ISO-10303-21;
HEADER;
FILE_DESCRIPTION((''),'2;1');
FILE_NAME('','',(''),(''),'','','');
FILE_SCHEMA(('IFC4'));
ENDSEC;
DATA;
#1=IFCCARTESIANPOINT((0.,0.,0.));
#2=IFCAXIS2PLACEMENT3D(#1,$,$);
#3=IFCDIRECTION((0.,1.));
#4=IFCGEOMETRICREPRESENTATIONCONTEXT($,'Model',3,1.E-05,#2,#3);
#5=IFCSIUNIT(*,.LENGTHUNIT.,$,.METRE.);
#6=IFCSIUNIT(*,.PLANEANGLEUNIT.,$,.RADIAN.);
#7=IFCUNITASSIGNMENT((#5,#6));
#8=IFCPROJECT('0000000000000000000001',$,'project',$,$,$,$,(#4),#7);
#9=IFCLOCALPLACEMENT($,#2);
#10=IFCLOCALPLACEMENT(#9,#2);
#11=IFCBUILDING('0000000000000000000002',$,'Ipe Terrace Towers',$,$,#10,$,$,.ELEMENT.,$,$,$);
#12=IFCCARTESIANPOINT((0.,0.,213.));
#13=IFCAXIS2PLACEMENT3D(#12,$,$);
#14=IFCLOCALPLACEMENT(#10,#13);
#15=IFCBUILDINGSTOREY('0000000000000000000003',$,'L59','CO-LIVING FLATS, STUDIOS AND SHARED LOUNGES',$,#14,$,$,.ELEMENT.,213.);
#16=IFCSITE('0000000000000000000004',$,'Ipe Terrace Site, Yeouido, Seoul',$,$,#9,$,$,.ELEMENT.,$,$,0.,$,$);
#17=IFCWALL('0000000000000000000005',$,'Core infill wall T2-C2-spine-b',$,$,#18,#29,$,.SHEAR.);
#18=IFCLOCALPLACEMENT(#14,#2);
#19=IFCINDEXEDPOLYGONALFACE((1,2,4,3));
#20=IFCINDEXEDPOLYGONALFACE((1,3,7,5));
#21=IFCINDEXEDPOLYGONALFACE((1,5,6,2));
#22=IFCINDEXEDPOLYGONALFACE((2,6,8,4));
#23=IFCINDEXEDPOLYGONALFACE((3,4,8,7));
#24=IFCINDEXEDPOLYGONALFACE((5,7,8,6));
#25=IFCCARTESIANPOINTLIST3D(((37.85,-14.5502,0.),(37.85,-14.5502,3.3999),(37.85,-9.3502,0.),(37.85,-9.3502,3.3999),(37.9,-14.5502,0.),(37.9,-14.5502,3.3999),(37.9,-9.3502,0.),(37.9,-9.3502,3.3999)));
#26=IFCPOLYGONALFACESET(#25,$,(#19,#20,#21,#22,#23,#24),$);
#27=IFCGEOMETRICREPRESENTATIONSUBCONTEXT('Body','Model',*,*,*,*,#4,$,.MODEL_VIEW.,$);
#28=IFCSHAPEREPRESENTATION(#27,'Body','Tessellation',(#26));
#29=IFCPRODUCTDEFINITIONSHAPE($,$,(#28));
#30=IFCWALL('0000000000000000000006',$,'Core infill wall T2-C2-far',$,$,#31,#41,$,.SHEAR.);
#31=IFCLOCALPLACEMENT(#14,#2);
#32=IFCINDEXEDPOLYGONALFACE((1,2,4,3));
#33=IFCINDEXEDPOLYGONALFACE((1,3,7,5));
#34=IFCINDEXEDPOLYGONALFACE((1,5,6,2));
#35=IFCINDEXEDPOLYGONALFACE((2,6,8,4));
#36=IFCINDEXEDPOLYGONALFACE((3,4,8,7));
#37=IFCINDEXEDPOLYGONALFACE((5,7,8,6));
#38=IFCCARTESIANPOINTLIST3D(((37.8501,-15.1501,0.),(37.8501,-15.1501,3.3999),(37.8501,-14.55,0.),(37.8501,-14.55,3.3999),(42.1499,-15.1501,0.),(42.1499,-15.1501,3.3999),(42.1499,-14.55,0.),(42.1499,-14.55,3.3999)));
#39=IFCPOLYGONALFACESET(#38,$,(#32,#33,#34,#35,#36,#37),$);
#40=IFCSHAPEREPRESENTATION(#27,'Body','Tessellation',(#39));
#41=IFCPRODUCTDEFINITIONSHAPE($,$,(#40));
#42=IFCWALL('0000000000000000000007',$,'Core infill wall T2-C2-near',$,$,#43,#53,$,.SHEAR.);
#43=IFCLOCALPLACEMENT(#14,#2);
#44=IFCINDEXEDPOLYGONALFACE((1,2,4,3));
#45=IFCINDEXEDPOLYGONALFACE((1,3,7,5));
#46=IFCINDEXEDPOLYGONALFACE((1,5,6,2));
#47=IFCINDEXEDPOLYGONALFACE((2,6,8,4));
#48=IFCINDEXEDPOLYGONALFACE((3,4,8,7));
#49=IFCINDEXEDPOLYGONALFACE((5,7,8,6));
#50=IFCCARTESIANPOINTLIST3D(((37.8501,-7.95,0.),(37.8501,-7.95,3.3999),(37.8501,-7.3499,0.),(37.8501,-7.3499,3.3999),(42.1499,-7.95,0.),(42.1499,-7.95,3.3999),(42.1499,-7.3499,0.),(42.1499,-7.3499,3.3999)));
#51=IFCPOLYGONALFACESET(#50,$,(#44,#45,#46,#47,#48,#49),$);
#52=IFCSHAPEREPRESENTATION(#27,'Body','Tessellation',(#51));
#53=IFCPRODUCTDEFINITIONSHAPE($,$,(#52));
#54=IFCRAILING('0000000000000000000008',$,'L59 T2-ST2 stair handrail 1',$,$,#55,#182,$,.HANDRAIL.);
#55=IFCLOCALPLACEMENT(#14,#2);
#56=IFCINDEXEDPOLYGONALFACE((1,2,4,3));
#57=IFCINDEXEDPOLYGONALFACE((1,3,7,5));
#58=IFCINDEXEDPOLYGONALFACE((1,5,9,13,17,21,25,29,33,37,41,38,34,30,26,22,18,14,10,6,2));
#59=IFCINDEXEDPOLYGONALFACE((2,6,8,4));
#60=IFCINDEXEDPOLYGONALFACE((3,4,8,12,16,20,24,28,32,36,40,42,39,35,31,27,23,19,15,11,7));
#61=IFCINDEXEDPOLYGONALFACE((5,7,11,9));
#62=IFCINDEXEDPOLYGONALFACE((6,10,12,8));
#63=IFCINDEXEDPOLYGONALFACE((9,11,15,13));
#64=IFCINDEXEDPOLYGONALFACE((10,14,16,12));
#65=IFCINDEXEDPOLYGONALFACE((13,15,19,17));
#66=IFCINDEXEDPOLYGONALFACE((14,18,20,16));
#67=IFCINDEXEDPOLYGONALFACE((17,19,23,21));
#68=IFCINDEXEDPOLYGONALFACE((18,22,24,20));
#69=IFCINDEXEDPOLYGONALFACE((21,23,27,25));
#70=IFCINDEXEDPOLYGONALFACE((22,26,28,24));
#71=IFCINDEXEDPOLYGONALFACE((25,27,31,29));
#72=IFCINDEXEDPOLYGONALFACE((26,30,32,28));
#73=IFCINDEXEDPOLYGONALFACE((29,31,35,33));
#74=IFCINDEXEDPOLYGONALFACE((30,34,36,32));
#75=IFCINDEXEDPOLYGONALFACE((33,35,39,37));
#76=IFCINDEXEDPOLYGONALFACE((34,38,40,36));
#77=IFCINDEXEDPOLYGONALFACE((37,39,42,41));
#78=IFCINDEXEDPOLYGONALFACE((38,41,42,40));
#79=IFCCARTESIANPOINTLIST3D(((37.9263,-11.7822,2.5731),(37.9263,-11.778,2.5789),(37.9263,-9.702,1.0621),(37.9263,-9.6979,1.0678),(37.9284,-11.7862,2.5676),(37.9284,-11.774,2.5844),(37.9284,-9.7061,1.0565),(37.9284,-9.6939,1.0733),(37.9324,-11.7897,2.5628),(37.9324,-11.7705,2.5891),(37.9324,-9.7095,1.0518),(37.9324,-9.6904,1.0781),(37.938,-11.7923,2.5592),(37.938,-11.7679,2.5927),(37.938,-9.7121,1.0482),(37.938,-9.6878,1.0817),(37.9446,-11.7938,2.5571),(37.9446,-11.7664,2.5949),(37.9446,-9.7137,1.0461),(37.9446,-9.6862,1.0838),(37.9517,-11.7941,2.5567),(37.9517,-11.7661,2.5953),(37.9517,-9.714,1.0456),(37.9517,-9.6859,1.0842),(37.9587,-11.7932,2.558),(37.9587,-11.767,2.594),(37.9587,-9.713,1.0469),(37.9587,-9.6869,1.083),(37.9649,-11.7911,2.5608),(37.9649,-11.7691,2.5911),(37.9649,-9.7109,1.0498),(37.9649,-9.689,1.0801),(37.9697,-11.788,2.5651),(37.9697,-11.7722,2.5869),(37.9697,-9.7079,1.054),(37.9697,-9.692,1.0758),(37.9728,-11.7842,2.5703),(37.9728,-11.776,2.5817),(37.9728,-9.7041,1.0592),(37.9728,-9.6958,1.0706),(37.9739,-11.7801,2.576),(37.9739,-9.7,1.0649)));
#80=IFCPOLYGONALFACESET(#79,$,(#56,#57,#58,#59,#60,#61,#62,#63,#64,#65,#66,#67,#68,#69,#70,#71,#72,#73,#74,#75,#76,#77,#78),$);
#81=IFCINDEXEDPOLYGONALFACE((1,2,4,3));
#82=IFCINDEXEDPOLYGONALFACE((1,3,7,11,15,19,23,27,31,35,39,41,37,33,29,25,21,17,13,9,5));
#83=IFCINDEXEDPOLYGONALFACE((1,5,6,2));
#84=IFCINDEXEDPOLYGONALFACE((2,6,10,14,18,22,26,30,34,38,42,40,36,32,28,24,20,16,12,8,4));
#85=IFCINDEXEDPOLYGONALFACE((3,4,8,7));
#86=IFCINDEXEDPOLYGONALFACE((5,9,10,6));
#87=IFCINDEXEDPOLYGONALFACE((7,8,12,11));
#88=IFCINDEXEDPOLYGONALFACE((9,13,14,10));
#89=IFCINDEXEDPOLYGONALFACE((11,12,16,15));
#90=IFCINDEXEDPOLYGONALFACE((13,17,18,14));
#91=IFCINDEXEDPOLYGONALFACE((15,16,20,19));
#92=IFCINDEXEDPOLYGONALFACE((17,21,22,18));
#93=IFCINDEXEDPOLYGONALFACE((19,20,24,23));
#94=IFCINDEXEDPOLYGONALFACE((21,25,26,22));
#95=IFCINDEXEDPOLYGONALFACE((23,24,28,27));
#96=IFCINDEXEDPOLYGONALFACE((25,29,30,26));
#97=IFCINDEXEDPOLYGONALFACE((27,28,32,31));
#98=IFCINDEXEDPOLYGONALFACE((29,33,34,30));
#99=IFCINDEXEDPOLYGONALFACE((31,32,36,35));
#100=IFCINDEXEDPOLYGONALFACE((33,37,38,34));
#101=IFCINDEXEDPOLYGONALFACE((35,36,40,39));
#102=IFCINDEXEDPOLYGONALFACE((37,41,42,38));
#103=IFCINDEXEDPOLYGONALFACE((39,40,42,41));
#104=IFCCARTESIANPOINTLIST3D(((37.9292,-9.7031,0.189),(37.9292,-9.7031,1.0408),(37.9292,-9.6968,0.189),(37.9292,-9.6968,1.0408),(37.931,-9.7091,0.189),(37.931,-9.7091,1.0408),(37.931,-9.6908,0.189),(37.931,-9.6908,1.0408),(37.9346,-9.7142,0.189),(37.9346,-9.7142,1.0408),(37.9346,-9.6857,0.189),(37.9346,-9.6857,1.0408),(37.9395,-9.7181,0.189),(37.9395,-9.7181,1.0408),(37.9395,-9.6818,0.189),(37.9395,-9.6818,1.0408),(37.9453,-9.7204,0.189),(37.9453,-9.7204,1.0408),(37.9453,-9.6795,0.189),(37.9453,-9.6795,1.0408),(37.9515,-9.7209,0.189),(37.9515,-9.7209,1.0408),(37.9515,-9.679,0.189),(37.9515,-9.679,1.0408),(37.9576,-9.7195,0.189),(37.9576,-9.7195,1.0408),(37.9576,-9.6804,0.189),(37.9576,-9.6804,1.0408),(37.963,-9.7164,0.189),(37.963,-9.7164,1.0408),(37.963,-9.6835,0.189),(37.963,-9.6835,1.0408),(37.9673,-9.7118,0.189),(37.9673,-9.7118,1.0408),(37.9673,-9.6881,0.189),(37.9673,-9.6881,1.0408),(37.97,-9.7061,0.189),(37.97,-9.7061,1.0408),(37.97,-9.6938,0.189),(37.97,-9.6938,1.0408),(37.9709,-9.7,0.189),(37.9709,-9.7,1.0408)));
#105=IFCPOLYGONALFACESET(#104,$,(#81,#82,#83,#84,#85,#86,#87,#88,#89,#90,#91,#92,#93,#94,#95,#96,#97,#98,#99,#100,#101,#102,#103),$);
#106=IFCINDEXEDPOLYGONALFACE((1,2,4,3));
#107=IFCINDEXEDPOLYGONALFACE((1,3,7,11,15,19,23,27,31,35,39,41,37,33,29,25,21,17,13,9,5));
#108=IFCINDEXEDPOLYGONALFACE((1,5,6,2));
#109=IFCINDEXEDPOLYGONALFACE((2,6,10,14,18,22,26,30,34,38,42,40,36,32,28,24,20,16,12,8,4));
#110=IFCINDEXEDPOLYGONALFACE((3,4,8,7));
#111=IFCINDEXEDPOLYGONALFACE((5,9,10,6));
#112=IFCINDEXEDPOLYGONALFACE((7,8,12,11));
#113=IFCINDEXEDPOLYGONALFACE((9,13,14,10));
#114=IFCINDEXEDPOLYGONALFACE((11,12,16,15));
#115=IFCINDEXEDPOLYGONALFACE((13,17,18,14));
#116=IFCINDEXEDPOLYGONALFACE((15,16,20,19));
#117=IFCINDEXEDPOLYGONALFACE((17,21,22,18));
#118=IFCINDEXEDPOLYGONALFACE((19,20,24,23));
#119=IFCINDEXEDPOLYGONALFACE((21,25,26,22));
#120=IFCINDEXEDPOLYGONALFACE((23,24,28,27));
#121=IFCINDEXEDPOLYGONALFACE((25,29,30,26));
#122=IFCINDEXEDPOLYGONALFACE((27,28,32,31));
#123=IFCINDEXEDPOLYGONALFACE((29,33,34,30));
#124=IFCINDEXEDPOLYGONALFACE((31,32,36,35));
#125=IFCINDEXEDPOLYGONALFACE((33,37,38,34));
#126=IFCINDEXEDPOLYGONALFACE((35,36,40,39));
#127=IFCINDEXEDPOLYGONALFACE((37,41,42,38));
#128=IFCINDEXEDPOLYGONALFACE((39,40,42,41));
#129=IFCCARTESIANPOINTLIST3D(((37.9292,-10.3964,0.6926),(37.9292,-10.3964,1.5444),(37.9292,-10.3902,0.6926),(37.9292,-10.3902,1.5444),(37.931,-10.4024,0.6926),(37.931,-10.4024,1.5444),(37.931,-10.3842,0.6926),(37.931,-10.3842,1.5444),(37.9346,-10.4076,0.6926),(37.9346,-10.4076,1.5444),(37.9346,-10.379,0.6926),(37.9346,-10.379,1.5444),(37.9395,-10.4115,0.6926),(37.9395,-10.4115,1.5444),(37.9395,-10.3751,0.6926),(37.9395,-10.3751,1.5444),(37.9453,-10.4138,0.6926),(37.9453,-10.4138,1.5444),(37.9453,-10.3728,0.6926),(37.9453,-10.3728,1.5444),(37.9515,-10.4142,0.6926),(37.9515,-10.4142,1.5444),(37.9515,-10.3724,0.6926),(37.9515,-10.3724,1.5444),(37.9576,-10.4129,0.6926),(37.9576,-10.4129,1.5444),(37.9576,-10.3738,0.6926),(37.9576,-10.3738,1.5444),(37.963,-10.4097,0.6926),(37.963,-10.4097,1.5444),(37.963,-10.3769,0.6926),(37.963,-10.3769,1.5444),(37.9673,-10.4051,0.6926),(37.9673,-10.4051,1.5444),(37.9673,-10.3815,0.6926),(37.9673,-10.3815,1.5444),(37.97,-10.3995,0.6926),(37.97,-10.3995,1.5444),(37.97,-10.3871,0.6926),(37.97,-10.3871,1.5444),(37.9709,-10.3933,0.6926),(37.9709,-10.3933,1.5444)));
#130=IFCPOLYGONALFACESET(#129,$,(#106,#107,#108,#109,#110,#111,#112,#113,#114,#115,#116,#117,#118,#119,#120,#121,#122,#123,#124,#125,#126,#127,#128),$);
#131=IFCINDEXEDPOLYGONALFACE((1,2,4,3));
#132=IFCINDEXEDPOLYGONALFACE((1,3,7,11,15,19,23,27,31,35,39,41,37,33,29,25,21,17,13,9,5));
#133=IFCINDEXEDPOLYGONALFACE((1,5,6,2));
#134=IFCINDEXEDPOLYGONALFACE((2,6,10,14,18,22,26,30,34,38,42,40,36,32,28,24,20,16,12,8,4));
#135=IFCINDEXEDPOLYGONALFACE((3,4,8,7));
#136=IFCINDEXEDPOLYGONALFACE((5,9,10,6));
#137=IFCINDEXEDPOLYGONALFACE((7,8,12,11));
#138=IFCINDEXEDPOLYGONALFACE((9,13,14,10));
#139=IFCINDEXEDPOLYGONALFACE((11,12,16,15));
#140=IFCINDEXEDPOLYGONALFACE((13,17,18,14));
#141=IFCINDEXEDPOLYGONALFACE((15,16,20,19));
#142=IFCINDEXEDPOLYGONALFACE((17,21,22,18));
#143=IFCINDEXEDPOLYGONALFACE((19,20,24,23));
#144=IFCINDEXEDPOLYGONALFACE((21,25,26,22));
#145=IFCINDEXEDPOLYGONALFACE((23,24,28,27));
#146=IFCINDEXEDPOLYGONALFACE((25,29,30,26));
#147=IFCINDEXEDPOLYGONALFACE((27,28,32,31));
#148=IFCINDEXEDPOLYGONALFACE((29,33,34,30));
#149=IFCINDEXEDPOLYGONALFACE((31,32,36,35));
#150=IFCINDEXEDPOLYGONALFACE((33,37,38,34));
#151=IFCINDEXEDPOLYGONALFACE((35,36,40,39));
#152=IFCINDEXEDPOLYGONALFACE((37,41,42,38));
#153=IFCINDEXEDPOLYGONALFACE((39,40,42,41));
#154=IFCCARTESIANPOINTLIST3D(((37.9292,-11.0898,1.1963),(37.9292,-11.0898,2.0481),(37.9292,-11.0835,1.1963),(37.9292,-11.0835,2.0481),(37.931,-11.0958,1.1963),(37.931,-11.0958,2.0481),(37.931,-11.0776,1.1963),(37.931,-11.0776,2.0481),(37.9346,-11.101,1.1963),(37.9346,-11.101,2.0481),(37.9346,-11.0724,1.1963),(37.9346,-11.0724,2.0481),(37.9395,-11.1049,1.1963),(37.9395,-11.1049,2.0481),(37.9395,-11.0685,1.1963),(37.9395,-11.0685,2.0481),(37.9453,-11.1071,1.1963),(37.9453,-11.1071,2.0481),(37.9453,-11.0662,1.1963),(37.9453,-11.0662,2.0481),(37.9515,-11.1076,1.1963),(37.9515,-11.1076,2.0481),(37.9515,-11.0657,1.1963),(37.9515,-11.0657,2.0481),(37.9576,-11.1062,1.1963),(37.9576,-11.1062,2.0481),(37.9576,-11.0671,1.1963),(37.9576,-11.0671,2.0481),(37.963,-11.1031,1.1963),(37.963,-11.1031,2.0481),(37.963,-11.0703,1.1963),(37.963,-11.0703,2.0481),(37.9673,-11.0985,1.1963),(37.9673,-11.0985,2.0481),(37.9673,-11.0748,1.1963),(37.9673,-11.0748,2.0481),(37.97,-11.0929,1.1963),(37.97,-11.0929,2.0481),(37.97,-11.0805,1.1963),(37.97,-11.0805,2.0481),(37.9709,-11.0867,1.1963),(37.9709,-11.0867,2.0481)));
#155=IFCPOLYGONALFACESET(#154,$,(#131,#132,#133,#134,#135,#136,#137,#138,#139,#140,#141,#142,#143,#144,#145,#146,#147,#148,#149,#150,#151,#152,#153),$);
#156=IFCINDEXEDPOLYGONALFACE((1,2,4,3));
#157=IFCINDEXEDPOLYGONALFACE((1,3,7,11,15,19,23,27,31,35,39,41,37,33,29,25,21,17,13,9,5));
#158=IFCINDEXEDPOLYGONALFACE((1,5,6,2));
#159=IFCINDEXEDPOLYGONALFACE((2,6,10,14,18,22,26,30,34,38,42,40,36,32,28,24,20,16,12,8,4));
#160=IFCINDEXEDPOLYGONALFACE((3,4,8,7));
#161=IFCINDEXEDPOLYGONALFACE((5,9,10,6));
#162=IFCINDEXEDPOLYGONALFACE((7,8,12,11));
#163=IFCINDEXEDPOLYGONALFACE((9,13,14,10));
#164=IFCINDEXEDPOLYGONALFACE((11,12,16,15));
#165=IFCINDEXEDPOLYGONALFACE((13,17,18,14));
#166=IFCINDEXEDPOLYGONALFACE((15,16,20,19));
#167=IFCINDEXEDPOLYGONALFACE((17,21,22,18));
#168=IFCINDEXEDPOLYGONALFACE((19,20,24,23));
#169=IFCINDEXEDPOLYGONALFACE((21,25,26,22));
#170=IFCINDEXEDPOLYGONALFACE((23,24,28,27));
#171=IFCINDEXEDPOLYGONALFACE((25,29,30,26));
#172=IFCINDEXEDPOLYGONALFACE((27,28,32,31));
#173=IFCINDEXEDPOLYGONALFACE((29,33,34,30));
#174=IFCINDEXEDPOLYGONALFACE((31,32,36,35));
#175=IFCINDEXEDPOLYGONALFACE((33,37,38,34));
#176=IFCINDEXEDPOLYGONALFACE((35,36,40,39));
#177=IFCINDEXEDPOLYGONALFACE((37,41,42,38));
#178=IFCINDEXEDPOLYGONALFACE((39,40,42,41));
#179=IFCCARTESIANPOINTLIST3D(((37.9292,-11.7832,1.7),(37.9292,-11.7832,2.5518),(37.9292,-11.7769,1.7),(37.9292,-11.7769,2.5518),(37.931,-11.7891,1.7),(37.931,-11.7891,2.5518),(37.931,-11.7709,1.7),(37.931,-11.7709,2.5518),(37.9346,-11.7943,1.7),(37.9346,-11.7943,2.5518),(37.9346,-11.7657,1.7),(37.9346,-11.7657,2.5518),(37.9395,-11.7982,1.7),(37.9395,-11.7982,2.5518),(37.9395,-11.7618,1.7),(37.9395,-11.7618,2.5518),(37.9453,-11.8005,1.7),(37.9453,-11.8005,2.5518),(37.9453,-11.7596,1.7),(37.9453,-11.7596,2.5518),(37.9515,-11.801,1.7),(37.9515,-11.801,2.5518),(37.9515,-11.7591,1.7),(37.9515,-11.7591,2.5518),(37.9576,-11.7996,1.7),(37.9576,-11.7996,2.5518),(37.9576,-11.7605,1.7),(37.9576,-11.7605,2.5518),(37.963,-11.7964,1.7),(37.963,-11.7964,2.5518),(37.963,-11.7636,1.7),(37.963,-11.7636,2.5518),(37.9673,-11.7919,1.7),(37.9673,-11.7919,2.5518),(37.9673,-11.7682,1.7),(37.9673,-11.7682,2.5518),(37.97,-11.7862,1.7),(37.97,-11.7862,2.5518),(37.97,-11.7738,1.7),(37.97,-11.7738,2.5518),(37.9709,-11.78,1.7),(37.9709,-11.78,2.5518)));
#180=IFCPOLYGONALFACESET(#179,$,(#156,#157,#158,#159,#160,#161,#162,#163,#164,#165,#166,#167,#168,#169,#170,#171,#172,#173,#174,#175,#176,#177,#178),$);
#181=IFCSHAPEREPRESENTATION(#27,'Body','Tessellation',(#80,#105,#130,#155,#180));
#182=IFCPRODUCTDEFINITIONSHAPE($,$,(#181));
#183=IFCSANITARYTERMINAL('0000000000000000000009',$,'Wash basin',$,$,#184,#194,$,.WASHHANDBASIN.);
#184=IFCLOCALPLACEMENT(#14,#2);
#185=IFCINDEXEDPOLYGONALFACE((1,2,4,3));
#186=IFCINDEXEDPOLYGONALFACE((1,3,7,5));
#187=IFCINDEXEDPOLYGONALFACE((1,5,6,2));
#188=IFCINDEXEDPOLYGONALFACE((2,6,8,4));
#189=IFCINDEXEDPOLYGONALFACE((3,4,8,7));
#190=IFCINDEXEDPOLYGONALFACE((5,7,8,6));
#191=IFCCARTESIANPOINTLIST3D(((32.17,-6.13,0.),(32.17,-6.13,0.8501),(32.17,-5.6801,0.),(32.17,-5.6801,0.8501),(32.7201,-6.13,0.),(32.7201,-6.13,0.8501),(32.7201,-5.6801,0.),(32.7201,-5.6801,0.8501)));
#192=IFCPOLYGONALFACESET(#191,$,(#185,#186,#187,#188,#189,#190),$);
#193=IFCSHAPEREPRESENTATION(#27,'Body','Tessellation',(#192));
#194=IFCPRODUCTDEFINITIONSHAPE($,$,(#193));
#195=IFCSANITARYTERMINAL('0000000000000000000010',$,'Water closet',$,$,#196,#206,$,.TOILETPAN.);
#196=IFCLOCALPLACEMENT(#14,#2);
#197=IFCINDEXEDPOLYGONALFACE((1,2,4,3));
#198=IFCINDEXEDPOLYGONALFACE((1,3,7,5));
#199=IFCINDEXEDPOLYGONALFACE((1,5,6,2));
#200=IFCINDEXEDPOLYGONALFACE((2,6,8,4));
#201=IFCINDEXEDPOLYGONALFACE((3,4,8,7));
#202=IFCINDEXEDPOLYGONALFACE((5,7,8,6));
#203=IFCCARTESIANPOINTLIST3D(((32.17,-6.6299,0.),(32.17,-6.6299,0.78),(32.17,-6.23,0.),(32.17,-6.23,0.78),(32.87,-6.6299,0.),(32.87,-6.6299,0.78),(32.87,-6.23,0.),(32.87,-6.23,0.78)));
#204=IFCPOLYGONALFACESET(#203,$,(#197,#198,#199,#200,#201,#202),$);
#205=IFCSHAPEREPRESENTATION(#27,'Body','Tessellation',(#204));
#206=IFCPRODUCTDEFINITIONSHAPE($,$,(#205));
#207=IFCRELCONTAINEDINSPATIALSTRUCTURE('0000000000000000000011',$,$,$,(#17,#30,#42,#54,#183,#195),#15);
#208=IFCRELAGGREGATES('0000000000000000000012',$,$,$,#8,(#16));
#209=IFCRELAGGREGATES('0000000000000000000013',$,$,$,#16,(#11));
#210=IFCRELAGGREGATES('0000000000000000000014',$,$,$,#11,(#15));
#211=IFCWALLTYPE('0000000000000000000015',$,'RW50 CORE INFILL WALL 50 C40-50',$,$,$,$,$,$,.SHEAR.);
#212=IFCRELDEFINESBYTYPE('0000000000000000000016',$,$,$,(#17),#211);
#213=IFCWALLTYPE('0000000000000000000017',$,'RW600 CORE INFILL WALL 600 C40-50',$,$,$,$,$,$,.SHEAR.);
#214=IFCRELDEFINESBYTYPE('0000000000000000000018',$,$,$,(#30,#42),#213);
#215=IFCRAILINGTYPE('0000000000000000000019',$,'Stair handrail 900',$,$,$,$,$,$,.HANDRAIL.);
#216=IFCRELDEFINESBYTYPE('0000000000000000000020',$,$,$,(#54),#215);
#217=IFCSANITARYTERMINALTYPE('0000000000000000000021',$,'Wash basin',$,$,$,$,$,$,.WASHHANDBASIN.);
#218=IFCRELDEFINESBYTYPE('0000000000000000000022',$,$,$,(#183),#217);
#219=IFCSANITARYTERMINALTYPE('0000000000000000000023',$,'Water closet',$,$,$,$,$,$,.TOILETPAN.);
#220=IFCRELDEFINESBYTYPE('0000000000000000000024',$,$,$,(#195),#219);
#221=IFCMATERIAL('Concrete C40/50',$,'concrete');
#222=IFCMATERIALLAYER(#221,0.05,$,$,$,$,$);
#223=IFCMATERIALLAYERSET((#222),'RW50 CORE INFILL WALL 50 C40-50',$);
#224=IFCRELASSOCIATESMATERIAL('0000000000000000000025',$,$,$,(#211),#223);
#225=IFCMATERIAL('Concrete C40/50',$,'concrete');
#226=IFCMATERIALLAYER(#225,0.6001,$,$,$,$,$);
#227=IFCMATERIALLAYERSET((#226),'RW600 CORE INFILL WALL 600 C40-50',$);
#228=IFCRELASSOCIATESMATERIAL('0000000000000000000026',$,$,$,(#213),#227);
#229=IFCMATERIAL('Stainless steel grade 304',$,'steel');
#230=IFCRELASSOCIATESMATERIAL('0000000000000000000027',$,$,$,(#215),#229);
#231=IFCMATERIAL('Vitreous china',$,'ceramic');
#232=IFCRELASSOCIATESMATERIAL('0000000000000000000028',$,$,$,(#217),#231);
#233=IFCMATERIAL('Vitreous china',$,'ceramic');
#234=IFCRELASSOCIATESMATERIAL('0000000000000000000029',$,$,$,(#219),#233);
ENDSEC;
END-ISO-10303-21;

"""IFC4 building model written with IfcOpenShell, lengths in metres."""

from ifc_helpers import new_model, si_unit, direction, frame, frame_2d, origin, origin_2d, place, context, subcontext, project, spatial, rectangle, circle, extrude, material, layer, layer_set, type_object, element, save


model = new_model("IFC4")

# Units and contexts
model_context = context("Model", 3, precision=1e-05, world=origin(), true_north=direction((0.0, 1.0)))
body_context = subcontext(model_context, "Body", "Model", "MODEL_VIEW")
ifc_project = project(units=[si_unit("LENGTHUNIT", "METRE"), si_unit("PLANEANGLEUNIT", "RADIAN")], contexts=[model_context])

# Site, building, storey
site_placement = place(None, origin())
site = spatial("IfcSite", under=ifc_project, at=site_placement, Name="Ipe Terrace Site, Yeouido, Seoul", CompositionType="ELEMENT", RefElevation=0.0)
building_placement = place(site_placement, origin())
building = spatial("IfcBuilding", under=site, at=building_placement, Name="Ipe Terrace Towers", CompositionType="ELEMENT")
storey_placement = place(building_placement, frame((0.0, 0.0, 213.0)))
storey = spatial("IfcBuildingStorey", under=building, at=storey_placement, Name="L59", Description="CO-LIVING FLATS, STUDIOS AND SHARED LOUNGES", CompositionType="ELEMENT", Elevation=213.0)

# Walls
ifc_material_1 = material(Name="Concrete C40/50", Category="concrete")
ifc_layer_1 = layer(ifc_material_1, 0.05)
ifc_layer_set_1 = layer_set([ifc_layer_1], Name="RW50 CORE INFILL WALL 50 C40-50")
wall_type_1 = type_object("IfcWallType", Name="RW50 CORE INFILL WALL 50 C40-50", PredefinedType="SHEAR", material=ifc_layer_set_1)
wall_1_placement = place(storey_placement, frame((37.875, -9.3501, 0.0), z_axis=(0.0, 0.0, 1.0), x_axis=(0.0, -1.0, 0.0)))
element("IfcWall", 1, at=wall_1_placement, inside=storey, type_object=wall_type_1, Name="Core infill wall T2-C2-spine-b", PredefinedType="SHEAR", context=body_context, shape_type="SweptSolid", body=[
    extrude(rectangle(XDim=5.2, YDim=0.05, at=frame_2d((2.6001, 0.0))), origin(), (0.0, 0.0, 1.0), 3.3999),
])
ifc_material_2 = material(Name="Concrete C40/50", Category="concrete")
ifc_layer_2 = layer(ifc_material_2, 0.6001)
ifc_layer_set_2 = layer_set([ifc_layer_2], Name="RW600 CORE INFILL WALL 600 C40-50")
wall_type_2 = type_object("IfcWallType", Name="RW600 CORE INFILL WALL 600 C40-50", PredefinedType="SHEAR", material=ifc_layer_set_2)
for number, where, z_axis, x_axis, name in (
    (2, (37.8501, -14.8501, 0.0), (0.0, 0.0, 1.0), (1.0, 0.0, 0.0), "Core infill wall T2-C2-far"),
    (3, (37.8501, -7.6499, 0.0), (0.0, 0.0, 1.0), (1.0, 0.0, 0.0), "Core infill wall T2-C2-near"),
):
    element("IfcWall", number, at=place(storey_placement, frame(where, z_axis=z_axis, x_axis=x_axis)), inside=storey, type_object=wall_type_2, Name=name, PredefinedType="SHEAR", context=body_context, shape_type="SweptSolid", body=[
        extrude(rectangle(XDim=4.2998, YDim=0.6001, at=frame_2d((2.1499, 0.0))), origin(), (0.0, 0.0, 1.0), 3.3999),
    ])

# Railing
ifc_material_3 = material(Name="Stainless steel grade 304", Category="steel")
railing_type_1 = type_object("IfcRailingType", Name="Stair handrail 900", PredefinedType="HANDRAIL", material=ifc_material_3)
railing_1_placement = place(storey_placement, frame((37.95, -9.7, 0.189)))
element("IfcRailing", 4, at=railing_1_placement, inside=storey, type_object=railing_type_1, Name="L59 T2-ST2 stair handrail 1", PredefinedType="HANDRAIL", context=body_context, shape_type="SweptSolid", body=[
    extrude(circle(Radius=0.0239, at=origin_2d()), frame((0.0, 0.0, 0.876), z_axis=(0.0, -0.809069, 0.587714), x_axis=(1.0, 0.0, 0.0)), (0.0, 0.0, 1.0), 2.571),
    extrude(circle(Radius=0.021, at=origin_2d()), origin(), (0.0, 0.0, 1.0), 0.8518),
    extrude(circle(Radius=0.021, at=origin_2d()), frame((0.0, -0.6934, 0.5037)), (0.0, 0.0, 1.0), 0.8518),
    extrude(circle(Radius=0.021, at=origin_2d()), frame((0.0, -1.3867, 1.0073)), (0.0, 0.0, 1.0), 0.8518),
    extrude(circle(Radius=0.021, at=origin_2d()), frame((0.0, -2.0801, 1.511)), (0.0, 0.0, 1.0), 0.8518),
])

# Sanitary terminals
ifc_material_4 = material(Name="Vitreous china", Category="ceramic")
sanitary_terminal_type_1 = type_object("IfcSanitaryTerminalType", Name="Wash basin", PredefinedType="WASHHANDBASIN", material=ifc_material_4)
sanitary_terminal_1_placement = place(storey_placement, frame((32.4451, -5.905, 0.0), z_axis=(0.0, 0.0, 1.0), x_axis=(1.0, 0.0, 0.0)))
element("IfcSanitaryTerminal", 5, at=sanitary_terminal_1_placement, inside=storey, type_object=sanitary_terminal_type_1, Name="Wash basin", PredefinedType="WASHHANDBASIN", context=body_context, shape_type="SweptSolid", body=[
    extrude(rectangle(XDim=0.55, YDim=0.45, at=origin_2d()), origin(), (0.0, 0.0, 1.0), 0.8501),
])
ifc_material_5 = material(Name="Vitreous china", Category="ceramic")
sanitary_terminal_type_2 = type_object("IfcSanitaryTerminalType", Name="Water closet", PredefinedType="TOILETPAN", material=ifc_material_5)
sanitary_terminal_2_placement = place(storey_placement, frame((32.52, -6.4299, 0.0), z_axis=(0.0, 0.0, 1.0), x_axis=(1.0, 0.0, 0.0)))
element("IfcSanitaryTerminal", 6, at=sanitary_terminal_2_placement, inside=storey, type_object=sanitary_terminal_type_2, Name="Water closet", PredefinedType="TOILETPAN", context=body_context, shape_type="SweptSolid", body=[
    extrude(rectangle(XDim=0.7, YDim=0.3999, at=origin_2d()), origin(), (0.0, 0.0, 1.0), 0.78),
])

save(model, "model.ifc")
